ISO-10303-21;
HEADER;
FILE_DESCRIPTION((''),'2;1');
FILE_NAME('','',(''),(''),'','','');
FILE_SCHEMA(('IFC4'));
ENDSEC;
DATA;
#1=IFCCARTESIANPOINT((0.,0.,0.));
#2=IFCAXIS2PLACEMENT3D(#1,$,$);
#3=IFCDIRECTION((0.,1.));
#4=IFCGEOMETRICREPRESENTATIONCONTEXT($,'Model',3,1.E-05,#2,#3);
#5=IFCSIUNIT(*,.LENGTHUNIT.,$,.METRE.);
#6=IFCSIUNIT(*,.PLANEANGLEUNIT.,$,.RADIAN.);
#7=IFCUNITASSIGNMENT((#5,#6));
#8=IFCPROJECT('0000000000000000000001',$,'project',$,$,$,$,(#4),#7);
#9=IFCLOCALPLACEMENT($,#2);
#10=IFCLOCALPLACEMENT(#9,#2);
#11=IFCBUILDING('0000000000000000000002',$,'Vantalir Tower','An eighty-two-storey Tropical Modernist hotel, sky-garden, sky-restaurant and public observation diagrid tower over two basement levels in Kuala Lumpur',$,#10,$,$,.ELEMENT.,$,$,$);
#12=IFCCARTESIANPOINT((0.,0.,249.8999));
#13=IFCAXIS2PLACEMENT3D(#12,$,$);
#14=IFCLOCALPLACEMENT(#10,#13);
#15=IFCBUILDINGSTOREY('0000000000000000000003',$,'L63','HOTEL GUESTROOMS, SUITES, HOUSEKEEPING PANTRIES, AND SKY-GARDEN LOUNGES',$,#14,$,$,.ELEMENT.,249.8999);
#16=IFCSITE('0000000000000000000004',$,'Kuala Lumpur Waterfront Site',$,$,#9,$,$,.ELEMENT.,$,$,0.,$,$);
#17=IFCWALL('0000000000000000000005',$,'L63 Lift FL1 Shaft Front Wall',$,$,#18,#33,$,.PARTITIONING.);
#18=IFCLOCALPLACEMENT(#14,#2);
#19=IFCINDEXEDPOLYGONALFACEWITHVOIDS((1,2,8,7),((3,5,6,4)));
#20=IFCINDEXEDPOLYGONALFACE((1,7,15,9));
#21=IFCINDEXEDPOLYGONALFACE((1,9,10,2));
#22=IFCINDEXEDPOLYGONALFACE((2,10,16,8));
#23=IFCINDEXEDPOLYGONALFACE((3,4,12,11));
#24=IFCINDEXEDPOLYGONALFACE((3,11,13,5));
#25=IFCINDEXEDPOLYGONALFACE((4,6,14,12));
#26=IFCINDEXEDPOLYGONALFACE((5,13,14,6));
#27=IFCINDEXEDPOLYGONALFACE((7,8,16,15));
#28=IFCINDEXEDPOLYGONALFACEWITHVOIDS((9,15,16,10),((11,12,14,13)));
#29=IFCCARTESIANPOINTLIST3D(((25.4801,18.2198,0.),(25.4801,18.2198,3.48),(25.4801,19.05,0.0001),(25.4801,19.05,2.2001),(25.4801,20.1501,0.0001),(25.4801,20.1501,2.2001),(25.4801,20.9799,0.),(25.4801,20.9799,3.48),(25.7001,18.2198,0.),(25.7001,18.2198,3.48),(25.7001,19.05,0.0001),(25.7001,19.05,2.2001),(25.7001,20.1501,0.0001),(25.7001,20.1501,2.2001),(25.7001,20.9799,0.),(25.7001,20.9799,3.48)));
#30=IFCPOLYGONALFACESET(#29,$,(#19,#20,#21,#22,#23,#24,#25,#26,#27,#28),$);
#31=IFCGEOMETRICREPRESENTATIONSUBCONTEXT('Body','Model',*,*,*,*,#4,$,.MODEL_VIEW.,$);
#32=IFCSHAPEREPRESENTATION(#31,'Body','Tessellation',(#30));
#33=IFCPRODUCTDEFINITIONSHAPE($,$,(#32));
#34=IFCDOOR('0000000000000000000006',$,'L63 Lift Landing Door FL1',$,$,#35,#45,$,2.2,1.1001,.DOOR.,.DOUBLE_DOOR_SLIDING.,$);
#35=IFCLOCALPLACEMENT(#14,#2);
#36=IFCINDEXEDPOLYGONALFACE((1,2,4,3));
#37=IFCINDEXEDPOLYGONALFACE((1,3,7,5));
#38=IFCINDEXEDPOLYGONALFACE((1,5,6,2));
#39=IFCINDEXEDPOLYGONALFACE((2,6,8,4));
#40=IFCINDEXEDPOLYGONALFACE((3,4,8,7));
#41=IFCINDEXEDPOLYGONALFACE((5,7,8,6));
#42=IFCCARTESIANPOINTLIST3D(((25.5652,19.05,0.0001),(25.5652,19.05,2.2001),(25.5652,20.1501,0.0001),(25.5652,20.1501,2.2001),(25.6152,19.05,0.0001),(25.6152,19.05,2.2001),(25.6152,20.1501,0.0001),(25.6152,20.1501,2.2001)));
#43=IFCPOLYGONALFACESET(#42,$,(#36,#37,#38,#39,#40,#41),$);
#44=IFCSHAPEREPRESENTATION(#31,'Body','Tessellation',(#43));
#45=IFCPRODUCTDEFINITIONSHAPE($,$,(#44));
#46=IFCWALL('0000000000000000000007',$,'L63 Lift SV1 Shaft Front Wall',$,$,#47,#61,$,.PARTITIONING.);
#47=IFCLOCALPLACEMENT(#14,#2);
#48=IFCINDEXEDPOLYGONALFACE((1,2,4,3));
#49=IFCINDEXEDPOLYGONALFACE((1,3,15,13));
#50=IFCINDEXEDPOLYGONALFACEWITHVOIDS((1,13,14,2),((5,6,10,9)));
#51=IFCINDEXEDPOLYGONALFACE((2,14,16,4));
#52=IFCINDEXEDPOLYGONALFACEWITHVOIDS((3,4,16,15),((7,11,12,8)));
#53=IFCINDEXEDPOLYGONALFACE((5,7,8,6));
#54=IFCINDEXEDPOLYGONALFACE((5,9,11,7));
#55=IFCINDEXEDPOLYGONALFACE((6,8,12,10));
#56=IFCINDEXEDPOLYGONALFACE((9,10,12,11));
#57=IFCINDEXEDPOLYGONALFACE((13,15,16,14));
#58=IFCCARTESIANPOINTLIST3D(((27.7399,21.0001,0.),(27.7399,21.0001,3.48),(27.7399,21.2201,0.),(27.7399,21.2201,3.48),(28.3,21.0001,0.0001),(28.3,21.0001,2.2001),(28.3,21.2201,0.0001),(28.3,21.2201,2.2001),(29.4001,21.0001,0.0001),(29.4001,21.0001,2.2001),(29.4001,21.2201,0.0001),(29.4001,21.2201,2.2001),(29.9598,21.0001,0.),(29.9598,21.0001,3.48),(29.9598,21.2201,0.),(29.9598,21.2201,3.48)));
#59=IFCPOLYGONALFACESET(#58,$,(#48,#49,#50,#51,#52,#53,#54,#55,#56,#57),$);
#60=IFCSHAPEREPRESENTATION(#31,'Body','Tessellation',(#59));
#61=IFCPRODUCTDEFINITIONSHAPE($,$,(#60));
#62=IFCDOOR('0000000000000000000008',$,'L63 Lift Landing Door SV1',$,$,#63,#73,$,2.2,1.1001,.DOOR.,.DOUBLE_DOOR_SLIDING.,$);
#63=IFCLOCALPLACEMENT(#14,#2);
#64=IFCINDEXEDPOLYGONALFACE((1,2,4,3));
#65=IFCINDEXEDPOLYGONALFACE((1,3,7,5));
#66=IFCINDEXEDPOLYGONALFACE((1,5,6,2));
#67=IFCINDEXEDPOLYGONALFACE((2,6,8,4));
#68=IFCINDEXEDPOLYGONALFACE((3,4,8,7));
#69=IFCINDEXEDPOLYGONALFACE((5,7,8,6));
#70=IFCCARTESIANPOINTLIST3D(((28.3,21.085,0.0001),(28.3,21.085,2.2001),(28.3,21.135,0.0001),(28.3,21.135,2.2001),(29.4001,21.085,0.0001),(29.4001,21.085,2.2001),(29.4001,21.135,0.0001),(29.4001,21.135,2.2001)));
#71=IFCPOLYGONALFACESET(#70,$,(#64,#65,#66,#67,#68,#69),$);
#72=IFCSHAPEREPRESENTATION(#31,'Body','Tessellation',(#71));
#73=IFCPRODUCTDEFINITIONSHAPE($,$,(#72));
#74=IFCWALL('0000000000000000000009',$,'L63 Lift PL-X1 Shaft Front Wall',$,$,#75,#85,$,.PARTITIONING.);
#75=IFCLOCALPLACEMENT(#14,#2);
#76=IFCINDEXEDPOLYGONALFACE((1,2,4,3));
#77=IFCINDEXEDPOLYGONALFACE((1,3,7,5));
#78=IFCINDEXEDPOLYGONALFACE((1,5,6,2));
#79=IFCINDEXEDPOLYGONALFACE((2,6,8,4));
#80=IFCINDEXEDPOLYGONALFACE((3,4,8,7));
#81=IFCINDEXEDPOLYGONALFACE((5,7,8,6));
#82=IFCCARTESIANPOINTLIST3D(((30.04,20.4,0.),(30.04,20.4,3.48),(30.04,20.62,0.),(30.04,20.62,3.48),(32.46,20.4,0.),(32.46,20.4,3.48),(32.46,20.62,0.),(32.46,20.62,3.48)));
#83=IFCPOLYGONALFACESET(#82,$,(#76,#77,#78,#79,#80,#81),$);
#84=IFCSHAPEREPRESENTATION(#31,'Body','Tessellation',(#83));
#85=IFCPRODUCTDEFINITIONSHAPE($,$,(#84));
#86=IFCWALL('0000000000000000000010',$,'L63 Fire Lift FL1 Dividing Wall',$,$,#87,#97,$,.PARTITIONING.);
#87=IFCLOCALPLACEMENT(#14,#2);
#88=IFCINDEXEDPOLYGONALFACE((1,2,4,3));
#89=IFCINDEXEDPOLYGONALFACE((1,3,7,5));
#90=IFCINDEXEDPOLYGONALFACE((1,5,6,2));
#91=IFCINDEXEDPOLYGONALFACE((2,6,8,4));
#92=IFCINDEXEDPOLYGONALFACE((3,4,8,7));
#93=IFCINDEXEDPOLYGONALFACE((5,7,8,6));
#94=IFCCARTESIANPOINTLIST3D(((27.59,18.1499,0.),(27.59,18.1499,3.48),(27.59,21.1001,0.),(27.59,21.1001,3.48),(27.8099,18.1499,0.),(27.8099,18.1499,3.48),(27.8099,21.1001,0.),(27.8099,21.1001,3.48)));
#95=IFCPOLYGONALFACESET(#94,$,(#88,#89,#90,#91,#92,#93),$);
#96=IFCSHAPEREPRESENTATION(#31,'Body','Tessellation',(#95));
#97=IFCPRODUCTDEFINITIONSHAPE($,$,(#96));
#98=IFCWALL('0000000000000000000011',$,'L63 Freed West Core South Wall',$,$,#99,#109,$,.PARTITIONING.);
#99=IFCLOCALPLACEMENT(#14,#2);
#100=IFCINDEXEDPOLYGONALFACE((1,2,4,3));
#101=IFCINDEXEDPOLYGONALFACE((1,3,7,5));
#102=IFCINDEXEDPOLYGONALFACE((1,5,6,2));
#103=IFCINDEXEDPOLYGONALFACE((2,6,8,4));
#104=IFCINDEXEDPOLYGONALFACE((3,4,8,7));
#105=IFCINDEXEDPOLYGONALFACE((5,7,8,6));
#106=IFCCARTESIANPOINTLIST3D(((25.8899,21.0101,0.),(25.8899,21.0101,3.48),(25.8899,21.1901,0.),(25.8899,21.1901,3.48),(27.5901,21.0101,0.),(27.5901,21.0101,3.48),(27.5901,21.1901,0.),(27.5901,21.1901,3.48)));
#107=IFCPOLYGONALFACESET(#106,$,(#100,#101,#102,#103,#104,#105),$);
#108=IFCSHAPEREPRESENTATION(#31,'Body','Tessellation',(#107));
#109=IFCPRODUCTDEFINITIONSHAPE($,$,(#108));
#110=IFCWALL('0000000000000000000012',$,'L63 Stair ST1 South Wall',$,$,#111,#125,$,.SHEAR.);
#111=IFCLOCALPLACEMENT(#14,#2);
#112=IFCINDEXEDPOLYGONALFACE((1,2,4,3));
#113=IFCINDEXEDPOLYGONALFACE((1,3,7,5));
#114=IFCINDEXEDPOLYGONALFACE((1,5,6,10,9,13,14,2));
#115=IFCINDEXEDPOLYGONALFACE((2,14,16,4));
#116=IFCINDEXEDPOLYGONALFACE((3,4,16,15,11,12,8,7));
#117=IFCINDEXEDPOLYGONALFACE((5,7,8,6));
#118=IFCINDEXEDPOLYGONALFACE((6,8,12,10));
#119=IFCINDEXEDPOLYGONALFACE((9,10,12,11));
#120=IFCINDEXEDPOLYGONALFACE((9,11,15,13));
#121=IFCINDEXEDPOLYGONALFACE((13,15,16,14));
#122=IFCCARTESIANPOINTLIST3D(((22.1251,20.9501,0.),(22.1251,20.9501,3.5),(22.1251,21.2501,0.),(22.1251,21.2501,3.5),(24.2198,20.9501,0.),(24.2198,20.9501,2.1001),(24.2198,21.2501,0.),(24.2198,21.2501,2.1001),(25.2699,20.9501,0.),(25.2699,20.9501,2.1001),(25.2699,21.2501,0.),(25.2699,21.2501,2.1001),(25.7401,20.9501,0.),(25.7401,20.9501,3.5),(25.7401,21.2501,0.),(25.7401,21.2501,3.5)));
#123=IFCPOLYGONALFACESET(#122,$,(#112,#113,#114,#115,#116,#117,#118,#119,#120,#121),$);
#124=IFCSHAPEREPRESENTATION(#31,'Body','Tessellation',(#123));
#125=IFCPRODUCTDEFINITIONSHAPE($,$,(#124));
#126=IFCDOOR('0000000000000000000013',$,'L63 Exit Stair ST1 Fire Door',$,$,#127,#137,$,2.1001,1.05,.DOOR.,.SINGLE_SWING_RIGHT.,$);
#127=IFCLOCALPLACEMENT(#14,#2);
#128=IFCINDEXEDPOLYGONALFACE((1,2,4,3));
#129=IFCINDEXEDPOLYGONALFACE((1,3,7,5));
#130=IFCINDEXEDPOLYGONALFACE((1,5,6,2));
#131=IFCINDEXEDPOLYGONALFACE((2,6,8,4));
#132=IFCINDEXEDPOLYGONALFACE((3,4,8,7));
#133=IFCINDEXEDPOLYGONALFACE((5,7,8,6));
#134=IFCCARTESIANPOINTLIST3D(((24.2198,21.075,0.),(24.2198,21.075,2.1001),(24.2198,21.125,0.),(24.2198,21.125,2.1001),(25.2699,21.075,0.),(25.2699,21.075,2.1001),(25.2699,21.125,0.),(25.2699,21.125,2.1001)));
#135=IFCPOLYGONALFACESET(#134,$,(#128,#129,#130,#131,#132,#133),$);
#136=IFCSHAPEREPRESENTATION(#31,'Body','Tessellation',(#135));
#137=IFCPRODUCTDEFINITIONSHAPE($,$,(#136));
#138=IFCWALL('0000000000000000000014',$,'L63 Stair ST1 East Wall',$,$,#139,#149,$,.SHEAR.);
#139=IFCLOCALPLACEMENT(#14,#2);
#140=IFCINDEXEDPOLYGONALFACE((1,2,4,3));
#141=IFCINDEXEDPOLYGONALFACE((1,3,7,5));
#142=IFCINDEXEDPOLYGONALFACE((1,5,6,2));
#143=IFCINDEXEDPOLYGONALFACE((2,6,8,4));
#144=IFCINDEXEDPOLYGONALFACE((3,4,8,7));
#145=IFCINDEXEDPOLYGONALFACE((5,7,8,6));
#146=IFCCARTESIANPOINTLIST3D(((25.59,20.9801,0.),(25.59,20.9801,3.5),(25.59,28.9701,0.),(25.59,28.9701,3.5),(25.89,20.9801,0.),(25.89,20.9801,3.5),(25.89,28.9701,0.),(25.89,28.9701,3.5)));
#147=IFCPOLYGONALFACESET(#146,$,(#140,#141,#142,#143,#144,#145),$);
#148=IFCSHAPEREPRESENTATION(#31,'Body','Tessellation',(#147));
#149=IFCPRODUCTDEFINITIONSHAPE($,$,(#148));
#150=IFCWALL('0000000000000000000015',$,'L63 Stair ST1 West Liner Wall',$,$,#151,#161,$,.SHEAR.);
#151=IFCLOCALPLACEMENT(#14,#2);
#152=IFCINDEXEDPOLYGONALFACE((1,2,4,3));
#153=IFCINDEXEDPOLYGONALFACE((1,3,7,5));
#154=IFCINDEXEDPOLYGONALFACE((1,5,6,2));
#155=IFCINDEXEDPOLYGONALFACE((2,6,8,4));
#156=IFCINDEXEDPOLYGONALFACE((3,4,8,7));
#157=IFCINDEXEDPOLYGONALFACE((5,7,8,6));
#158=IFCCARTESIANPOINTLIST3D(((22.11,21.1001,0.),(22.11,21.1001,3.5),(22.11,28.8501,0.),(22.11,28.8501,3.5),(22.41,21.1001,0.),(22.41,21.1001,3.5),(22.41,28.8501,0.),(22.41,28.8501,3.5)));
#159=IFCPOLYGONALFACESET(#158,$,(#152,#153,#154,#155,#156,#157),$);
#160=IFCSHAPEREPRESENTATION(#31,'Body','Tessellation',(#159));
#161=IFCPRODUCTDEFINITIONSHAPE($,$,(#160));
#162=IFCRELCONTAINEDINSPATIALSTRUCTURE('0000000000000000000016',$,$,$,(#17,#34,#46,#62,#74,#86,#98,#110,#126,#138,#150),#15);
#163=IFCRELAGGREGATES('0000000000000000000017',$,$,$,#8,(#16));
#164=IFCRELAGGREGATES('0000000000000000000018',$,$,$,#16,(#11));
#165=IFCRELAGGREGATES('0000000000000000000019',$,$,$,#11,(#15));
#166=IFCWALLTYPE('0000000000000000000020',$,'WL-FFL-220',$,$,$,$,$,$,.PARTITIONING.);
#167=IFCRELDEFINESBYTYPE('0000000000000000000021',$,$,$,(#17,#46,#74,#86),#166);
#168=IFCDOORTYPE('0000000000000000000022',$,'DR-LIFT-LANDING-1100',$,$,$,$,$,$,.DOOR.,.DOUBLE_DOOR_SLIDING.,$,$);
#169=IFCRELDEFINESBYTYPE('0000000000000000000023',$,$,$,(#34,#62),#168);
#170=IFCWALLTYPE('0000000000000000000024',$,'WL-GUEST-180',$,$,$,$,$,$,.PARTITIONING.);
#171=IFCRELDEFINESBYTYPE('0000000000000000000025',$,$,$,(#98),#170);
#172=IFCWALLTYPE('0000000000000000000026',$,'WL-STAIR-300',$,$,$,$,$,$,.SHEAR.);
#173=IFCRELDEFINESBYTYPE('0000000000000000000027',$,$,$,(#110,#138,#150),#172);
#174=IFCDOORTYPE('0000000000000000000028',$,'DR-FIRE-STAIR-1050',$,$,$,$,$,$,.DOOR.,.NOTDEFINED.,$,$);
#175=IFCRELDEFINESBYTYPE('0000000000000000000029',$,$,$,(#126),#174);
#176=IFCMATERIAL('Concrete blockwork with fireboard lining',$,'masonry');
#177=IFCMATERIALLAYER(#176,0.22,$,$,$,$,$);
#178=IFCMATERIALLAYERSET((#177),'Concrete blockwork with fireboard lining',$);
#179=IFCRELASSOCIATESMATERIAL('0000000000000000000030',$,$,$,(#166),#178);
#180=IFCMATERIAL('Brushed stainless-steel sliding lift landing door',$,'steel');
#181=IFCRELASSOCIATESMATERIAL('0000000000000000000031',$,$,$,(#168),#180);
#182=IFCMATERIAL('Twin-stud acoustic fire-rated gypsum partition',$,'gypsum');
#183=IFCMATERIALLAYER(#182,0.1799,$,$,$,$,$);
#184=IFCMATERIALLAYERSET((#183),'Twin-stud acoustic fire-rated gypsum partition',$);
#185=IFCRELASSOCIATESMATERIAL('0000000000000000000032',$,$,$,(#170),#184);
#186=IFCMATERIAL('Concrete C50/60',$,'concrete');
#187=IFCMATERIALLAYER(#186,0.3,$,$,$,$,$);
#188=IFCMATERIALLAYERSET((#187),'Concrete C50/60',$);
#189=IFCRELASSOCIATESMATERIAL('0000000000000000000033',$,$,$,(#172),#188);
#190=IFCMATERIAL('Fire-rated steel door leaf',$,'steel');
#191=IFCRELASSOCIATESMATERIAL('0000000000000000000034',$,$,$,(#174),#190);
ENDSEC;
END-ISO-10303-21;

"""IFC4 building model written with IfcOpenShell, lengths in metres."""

from ifc_helpers import new_model, si_unit, direction, frame, frame_2d, origin, place, context, subcontext, project, spatial, rectangle, extrude, material, layer, layer_set, type_object, element, fill, save


model = new_model("IFC4")

# Units and contexts
model_context = context("Model", 3, precision=1e-05, world=origin(), true_north=direction((0.0, 1.0)))
body_context = subcontext(model_context, "Body", "Model", "MODEL_VIEW")
ifc_project = project(units=[si_unit("LENGTHUNIT", "METRE"), si_unit("PLANEANGLEUNIT", "RADIAN")], contexts=[model_context])

# Site, building, storey
site_placement = place(None, origin())
site = spatial("IfcSite", under=ifc_project, at=site_placement, Name="Kuala Lumpur Waterfront Site", CompositionType="ELEMENT", RefElevation=0.0)
building_placement = place(site_placement, origin())
building = spatial("IfcBuilding", under=site, at=building_placement, Name="Vantalir Tower", Description="An eighty-two-storey Tropical Modernist hotel, sky-garden, sky-restaurant and public observation diagrid tower over two basement levels in Kuala Lumpur", CompositionType="ELEMENT")
storey_placement = place(building_placement, frame((0.0, 0.0, 249.8999)))
storey = spatial("IfcBuildingStorey", under=building, at=storey_placement, Name="L63", Description="HOTEL GUESTROOMS, SUITES, HOUSEKEEPING PANTRIES, AND SKY-GARDEN LOUNGES", CompositionType="ELEMENT", Elevation=249.8999)

# Shared definitions
ifc_material_1 = material(Name="Concrete C50/60", Category="concrete")

# Shared definitions
ifc_material_2 = material(Name="Concrete blockwork with fireboard lining", Category="masonry")
ifc_layer_1 = layer(ifc_material_2, 0.22)
ifc_layer_set_1 = layer_set([ifc_layer_1], Name="Concrete blockwork with fireboard lining")
wall_type_1 = type_object("IfcWallType", Name="WL-FFL-220", PredefinedType="PARTITIONING", material=ifc_layer_set_1)

# Walls, openings, doors
wall_1_placement = place(storey_placement, frame((25.5901, 18.22, 0.0), z_axis=(0.0, 0.0, 1.0), x_axis=(0.0, 1.0, 0.0)))
wall_1 = element("IfcWall", 1, at=wall_1_placement, inside=storey, type_object=wall_type_1, Name="L63 Lift FL1 Shaft Front Wall", PredefinedType="PARTITIONING", context=body_context, shape_type="SweptSolid", body=[
    extrude(rectangle(XDim=2.76, YDim=0.22, at=frame_2d((1.3799, 0.0))), origin(), (0.0, 0.0, 1.0), 3.48),
])
opening_1_placement = place(wall_1_placement, frame((0.8301, 0.0, 0.0)))
opening_1 = element("IfcOpeningElement", 2, at=opening_1_placement, cuts=wall_1, PredefinedType="OPENING", context=body_context, shape_type="SweptSolid", body=[
    extrude(rectangle(XDim=1.1001, YDim=2.2, at=frame_2d((0.55, 1.1001))), frame((0.0, 0.1199, 0.0), z_axis=(0.0, -1.0, 0.0), x_axis=(1.0, 0.0, 0.0)), (0.0, 0.0, 1.0), 0.24),
])
ifc_material_3 = material(Name="Brushed stainless-steel sliding lift landing door", Category="steel")
door_type_1 = type_object("IfcDoorType", Name="DR-LIFT-LANDING-1100", OperationType="DOUBLE_DOOR_SLIDING", PredefinedType="DOOR", material=ifc_material_3)
door_1_placement = place(opening_1_placement, origin())
door_1 = element("IfcDoor", 3, at=door_1_placement, inside=storey, type_object=door_type_1, Name="L63 Lift Landing Door FL1", OperationType="DOUBLE_DOOR_SLIDING", OverallHeight=2.2, OverallWidth=1.1001, PredefinedType="DOOR", context=body_context, shape_type="SweptSolid", body=[
    extrude(rectangle(XDim=1.1001, YDim=2.2, at=frame_2d((0.55, 1.1001))), frame((0.0, 0.0249, 0.0), z_axis=(0.0, -1.0, 0.0), x_axis=(1.0, 0.0, 0.0)), (0.0, 0.0, 1.0), 0.05),
])
fill(opening_1, door_1)
wall_2_placement = place(storey_placement, frame((27.74, 21.1101, 0.0), z_axis=(0.0, 0.0, 1.0), x_axis=(1.0, 0.0, 0.0)))
wall_2 = element("IfcWall", 4, at=wall_2_placement, inside=storey, type_object=wall_type_1, Name="L63 Lift SV1 Shaft Front Wall", PredefinedType="PARTITIONING", context=body_context, shape_type="SweptSolid", body=[
    extrude(rectangle(XDim=2.22, YDim=0.22, at=frame_2d((1.1099, 0.0))), origin(), (0.0, 0.0, 1.0), 3.48),
])
opening_2_placement = place(wall_2_placement, frame((0.5601, 0.0, 0.0)))
opening_2 = element("IfcOpeningElement", 5, at=opening_2_placement, cuts=wall_2, PredefinedType="OPENING", context=body_context, shape_type="SweptSolid", body=[
    extrude(rectangle(XDim=1.1001, YDim=2.2, at=frame_2d((0.55, 1.1001))), frame((0.0, 0.1199, 0.0), z_axis=(0.0, -1.0, 0.0), x_axis=(1.0, 0.0, 0.0)), (0.0, 0.0, 1.0), 0.24),
])
door_2_placement = place(opening_2_placement, origin())
door_2 = element("IfcDoor", 6, at=door_2_placement, inside=storey, type_object=door_type_1, Name="L63 Lift Landing Door SV1", OperationType="DOUBLE_DOOR_SLIDING", OverallHeight=2.2, OverallWidth=1.1001, PredefinedType="DOOR", context=body_context, shape_type="SweptSolid", body=[
    extrude(rectangle(XDim=1.1001, YDim=2.2, at=frame_2d((0.55, 1.1001))), frame((0.0, 0.0249, 0.0), z_axis=(0.0, -1.0, 0.0), x_axis=(1.0, 0.0, 0.0)), (0.0, 0.0, 1.0), 0.05),
])
fill(opening_2, door_2)

# Walls
wall_3_placement = place(storey_placement, frame((30.04, 20.51, 0.0), z_axis=(0.0, 0.0, 1.0), x_axis=(1.0, 0.0, 0.0)))
element("IfcWall", 7, at=wall_3_placement, inside=storey, type_object=wall_type_1, Name="L63 Lift PL-X1 Shaft Front Wall", PredefinedType="PARTITIONING", context=body_context, shape_type="SweptSolid", body=[
    extrude(rectangle(XDim=2.4199, YDim=0.22, at=frame_2d((1.21, 0.0))), origin(), (0.0, 0.0, 1.0), 3.48),
])
wall_4_placement = place(storey_placement, frame((27.7, 18.1499, 0.0), z_axis=(0.0, 0.0, 1.0), x_axis=(0.0, 1.0, 0.0)))
element("IfcWall", 8, at=wall_4_placement, inside=storey, type_object=wall_type_1, Name="L63 Fire Lift FL1 Dividing Wall", PredefinedType="PARTITIONING", context=body_context, shape_type="SweptSolid", body=[
    extrude(rectangle(XDim=2.9502, YDim=0.22, at=frame_2d((1.4751, 0.0))), origin(), (0.0, 0.0, 1.0), 3.48),
])
ifc_material_4 = material(Name="Twin-stud acoustic fire-rated gypsum partition", Category="gypsum")
ifc_layer_2 = layer(ifc_material_4, 0.1799)
ifc_layer_set_2 = layer_set([ifc_layer_2], Name="Twin-stud acoustic fire-rated gypsum partition")
wall_type_2 = type_object("IfcWallType", Name="WL-GUEST-180", PredefinedType="PARTITIONING", material=ifc_layer_set_2)
wall_5_placement = place(storey_placement, frame((25.8899, 21.1001, 0.0), z_axis=(0.0, 0.0, 1.0), x_axis=(1.0, 0.0, 0.0)))
element("IfcWall", 9, at=wall_5_placement, inside=storey, type_object=wall_type_2, Name="L63 Freed West Core South Wall", PredefinedType="PARTITIONING", context=body_context, shape_type="SweptSolid", body=[
    extrude(rectangle(XDim=1.7002, YDim=0.1799, at=frame_2d((0.8501, 0.0))), origin(), (0.0, 0.0, 1.0), 3.48),
])

# Wall, opening, door
ifc_layer_3 = layer(ifc_material_1, 0.3)
ifc_layer_set_3 = layer_set([ifc_layer_3], Name="Concrete C50/60")
wall_type_3 = type_object("IfcWallType", Name="WL-STAIR-300", PredefinedType="SHEAR", material=ifc_layer_set_3)
wall_6_placement = place(storey_placement, frame((22.125, 21.1001, 0.0), z_axis=(0.0, 0.0, 1.0), x_axis=(1.0, 0.0, 0.0)))
wall_6 = element("IfcWall", 10, at=wall_6_placement, inside=storey, type_object=wall_type_3, Name="L63 Stair ST1 South Wall", PredefinedType="SHEAR", context=body_context, shape_type="SweptSolid", body=[
    extrude(rectangle(XDim=3.615, YDim=0.3, at=frame_2d((1.8076, 0.0))), origin(), (0.0, 0.0, 1.0), 3.5),
])
opening_3_placement = place(wall_6_placement, frame((2.095, 0.0, 0.0)))
opening_3 = element("IfcOpeningElement", 11, at=opening_3_placement, cuts=wall_6, PredefinedType="OPENING", context=body_context, shape_type="SweptSolid", body=[
    extrude(rectangle(XDim=1.05, YDim=2.1001, at=frame_2d((0.5249, 1.05))), frame((0.0, 0.1599, 0.0), z_axis=(0.0, -1.0, 0.0), x_axis=(1.0, 0.0, 0.0)), (0.0, 0.0, 1.0), 0.3201),
])
ifc_material_5 = material(Name="Fire-rated steel door leaf", Category="steel")
door_type_2 = type_object("IfcDoorType", Name="DR-FIRE-STAIR-1050", OperationType="NOTDEFINED", PredefinedType="DOOR", material=ifc_material_5)
door_3_placement = place(opening_3_placement, origin())
door_3 = element("IfcDoor", 12, at=door_3_placement, inside=storey, type_object=door_type_2, Name="L63 Exit Stair ST1 Fire Door", OperationType="SINGLE_SWING_RIGHT", OverallHeight=2.1001, OverallWidth=1.05, PredefinedType="DOOR", context=body_context, shape_type="SweptSolid", body=[
    extrude(rectangle(XDim=1.05, YDim=2.1001, at=frame_2d((0.5249, 1.05))), frame((0.0, 0.0249, 0.0), z_axis=(0.0, -1.0, 0.0), x_axis=(1.0, 0.0, 0.0)), (0.0, 0.0, 1.0), 0.05),
])
fill(opening_3, door_3)

# Walls
wall_7_placement = place(storey_placement, frame((25.74, 20.98, 0.0), z_axis=(0.0, 0.0, 1.0), x_axis=(0.0, 1.0, 0.0)))
element("IfcWall", 13, at=wall_7_placement, inside=storey, type_object=wall_type_3, Name="L63 Stair ST1 East Wall", PredefinedType="SHEAR", context=body_context, shape_type="SweptSolid", body=[
    extrude(rectangle(XDim=7.99, YDim=0.3, at=frame_2d((3.9951, 0.0))), origin(), (0.0, 0.0, 1.0), 3.5),
])
wall_8_placement = place(storey_placement, frame((22.26, 21.1001, 0.0), z_axis=(0.0, 0.0, 1.0), x_axis=(0.0, 1.0, 0.0)))
element("IfcWall", 14, at=wall_8_placement, inside=storey, type_object=wall_type_3, Name="L63 Stair ST1 West Liner Wall", PredefinedType="SHEAR", context=body_context, shape_type="SweptSolid", body=[
    extrude(rectangle(XDim=7.75, YDim=0.3, at=frame_2d((3.875, 0.0))), origin(), (0.0, 0.0, 1.0), 3.5),
])

save(model, "model.ifc")
